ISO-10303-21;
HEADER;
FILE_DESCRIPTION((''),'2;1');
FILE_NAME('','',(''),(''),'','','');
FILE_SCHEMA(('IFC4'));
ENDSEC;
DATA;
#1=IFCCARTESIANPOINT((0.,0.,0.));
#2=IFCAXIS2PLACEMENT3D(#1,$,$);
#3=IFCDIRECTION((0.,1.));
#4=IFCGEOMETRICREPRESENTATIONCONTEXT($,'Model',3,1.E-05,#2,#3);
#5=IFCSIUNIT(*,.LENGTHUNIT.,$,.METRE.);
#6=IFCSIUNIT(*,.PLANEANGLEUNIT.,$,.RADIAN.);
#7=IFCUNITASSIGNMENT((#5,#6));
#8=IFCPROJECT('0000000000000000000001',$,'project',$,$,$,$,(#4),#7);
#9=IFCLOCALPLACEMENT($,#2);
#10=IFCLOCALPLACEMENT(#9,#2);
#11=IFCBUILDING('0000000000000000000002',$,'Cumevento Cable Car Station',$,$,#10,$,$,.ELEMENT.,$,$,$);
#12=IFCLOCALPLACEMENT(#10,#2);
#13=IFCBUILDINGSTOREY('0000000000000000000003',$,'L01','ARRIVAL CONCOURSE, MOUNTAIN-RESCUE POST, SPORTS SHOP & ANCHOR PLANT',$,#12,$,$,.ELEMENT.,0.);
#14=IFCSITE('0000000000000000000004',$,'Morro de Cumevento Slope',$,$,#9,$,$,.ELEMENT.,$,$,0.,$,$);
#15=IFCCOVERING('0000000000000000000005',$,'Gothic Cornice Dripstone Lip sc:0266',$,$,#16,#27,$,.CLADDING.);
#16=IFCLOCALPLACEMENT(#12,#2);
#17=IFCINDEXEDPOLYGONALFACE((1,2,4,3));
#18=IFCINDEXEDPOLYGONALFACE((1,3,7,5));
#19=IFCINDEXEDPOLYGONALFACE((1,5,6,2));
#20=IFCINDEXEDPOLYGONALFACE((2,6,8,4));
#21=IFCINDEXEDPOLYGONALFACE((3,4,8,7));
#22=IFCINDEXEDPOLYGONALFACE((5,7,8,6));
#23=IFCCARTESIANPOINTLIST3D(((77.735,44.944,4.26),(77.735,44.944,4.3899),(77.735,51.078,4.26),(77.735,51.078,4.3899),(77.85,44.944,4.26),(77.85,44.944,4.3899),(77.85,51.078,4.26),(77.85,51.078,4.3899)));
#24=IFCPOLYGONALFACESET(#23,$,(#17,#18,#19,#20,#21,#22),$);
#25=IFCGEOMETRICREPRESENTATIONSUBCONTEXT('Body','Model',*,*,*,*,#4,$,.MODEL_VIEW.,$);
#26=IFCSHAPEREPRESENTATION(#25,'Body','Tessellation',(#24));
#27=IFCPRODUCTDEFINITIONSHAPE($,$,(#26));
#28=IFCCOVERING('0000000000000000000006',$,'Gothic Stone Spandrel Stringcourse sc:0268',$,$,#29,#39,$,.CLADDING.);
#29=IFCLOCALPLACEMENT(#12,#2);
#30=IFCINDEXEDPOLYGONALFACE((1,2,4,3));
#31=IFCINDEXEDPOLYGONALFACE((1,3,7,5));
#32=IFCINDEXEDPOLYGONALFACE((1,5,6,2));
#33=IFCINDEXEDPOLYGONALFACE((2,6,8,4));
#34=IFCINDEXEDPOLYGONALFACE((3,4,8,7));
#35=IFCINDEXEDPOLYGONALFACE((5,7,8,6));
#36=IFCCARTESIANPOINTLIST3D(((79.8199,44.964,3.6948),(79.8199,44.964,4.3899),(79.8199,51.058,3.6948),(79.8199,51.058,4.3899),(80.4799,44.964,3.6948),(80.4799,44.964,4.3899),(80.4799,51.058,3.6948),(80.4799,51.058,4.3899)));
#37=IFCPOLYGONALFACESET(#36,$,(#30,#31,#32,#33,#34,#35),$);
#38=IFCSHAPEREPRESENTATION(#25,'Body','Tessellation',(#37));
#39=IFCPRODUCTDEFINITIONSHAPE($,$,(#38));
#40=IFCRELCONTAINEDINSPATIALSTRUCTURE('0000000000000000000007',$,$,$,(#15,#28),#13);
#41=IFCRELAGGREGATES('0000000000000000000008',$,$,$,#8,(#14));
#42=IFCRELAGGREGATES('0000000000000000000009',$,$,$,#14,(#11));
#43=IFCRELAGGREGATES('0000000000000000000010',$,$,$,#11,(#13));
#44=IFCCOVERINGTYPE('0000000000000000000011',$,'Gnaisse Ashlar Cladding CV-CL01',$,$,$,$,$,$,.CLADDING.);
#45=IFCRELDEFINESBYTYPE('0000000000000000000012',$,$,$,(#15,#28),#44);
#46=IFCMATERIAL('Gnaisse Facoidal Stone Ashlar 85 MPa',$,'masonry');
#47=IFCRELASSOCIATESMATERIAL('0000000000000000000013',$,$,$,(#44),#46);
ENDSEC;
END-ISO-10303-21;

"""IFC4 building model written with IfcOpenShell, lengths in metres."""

from ifc_helpers import new_model, si_unit, direction, frame, origin, origin_2d, place, context, subcontext, project, spatial, rectangle, extrude, material, type_object, element, save


model = new_model("IFC4")

# Units and contexts
model_context = context("Model", 3, precision=1e-05, world=origin(), true_north=direction((0.0, 1.0)))
body_context = subcontext(model_context, "Body", "Model", "MODEL_VIEW")
ifc_project = project(units=[si_unit("LENGTHUNIT", "METRE"), si_unit("PLANEANGLEUNIT", "RADIAN")], contexts=[model_context])

# Site, building, storey
site_placement = place(None, origin())
site = spatial("IfcSite", under=ifc_project, at=site_placement, Name="Morro de Cumevento Slope", CompositionType="ELEMENT", RefElevation=0.0)
building_placement = place(site_placement, origin())
building = spatial("IfcBuilding", under=site, at=building_placement, Name="Cumevento Cable Car Station", CompositionType="ELEMENT")
storey_placement = place(building_placement, origin())
storey = spatial("IfcBuildingStorey", under=building, at=storey_placement, Name="L01", Description="ARRIVAL CONCOURSE, MOUNTAIN-RESCUE POST, SPORTS SHOP & ANCHOR PLANT", CompositionType="ELEMENT", Elevation=0.0)

# Coverings
ifc_material_1 = material(Name="Gnaisse Facoidal Stone Ashlar 85 MPa", Category="masonry")
covering_type = type_object("IfcCoveringType", Name="Gnaisse Ashlar Cladding CV-CL01", PredefinedType="CLADDING", material=ifc_material_1)
covering_1_placement = place(storey_placement, frame((77.7925, 48.011, 4.26), z_axis=(0.0, 0.0, 1.0), x_axis=(0.0, 1.0, 0.0)))
element("IfcCovering", 1, at=covering_1_placement, inside=storey, type_object=covering_type, Name="Gothic Cornice Dripstone Lip sc:0266", PredefinedType="CLADDING", context=body_context, shape_type="SweptSolid", body=[
    extrude(rectangle(XDim=6.134, YDim=0.115, at=origin_2d()), origin(), (0.0, 0.0, 1.0), 0.1299),
])
covering_2_placement = place(storey_placement, frame((80.1499, 48.011, 3.6948), z_axis=(0.0, 0.0, 1.0), x_axis=(0.0, 1.0, 0.0)))
element("IfcCovering", 2, at=covering_2_placement, inside=storey, type_object=covering_type, Name="Gothic Stone Spandrel Stringcourse sc:0268", PredefinedType="CLADDING", context=body_context, shape_type="SweptSolid", body=[
    extrude(rectangle(XDim=6.094, YDim=0.6599, at=origin_2d()), origin(), (0.0, 0.0, 1.0), 0.6951),
])

save(model, "model.ifc")
